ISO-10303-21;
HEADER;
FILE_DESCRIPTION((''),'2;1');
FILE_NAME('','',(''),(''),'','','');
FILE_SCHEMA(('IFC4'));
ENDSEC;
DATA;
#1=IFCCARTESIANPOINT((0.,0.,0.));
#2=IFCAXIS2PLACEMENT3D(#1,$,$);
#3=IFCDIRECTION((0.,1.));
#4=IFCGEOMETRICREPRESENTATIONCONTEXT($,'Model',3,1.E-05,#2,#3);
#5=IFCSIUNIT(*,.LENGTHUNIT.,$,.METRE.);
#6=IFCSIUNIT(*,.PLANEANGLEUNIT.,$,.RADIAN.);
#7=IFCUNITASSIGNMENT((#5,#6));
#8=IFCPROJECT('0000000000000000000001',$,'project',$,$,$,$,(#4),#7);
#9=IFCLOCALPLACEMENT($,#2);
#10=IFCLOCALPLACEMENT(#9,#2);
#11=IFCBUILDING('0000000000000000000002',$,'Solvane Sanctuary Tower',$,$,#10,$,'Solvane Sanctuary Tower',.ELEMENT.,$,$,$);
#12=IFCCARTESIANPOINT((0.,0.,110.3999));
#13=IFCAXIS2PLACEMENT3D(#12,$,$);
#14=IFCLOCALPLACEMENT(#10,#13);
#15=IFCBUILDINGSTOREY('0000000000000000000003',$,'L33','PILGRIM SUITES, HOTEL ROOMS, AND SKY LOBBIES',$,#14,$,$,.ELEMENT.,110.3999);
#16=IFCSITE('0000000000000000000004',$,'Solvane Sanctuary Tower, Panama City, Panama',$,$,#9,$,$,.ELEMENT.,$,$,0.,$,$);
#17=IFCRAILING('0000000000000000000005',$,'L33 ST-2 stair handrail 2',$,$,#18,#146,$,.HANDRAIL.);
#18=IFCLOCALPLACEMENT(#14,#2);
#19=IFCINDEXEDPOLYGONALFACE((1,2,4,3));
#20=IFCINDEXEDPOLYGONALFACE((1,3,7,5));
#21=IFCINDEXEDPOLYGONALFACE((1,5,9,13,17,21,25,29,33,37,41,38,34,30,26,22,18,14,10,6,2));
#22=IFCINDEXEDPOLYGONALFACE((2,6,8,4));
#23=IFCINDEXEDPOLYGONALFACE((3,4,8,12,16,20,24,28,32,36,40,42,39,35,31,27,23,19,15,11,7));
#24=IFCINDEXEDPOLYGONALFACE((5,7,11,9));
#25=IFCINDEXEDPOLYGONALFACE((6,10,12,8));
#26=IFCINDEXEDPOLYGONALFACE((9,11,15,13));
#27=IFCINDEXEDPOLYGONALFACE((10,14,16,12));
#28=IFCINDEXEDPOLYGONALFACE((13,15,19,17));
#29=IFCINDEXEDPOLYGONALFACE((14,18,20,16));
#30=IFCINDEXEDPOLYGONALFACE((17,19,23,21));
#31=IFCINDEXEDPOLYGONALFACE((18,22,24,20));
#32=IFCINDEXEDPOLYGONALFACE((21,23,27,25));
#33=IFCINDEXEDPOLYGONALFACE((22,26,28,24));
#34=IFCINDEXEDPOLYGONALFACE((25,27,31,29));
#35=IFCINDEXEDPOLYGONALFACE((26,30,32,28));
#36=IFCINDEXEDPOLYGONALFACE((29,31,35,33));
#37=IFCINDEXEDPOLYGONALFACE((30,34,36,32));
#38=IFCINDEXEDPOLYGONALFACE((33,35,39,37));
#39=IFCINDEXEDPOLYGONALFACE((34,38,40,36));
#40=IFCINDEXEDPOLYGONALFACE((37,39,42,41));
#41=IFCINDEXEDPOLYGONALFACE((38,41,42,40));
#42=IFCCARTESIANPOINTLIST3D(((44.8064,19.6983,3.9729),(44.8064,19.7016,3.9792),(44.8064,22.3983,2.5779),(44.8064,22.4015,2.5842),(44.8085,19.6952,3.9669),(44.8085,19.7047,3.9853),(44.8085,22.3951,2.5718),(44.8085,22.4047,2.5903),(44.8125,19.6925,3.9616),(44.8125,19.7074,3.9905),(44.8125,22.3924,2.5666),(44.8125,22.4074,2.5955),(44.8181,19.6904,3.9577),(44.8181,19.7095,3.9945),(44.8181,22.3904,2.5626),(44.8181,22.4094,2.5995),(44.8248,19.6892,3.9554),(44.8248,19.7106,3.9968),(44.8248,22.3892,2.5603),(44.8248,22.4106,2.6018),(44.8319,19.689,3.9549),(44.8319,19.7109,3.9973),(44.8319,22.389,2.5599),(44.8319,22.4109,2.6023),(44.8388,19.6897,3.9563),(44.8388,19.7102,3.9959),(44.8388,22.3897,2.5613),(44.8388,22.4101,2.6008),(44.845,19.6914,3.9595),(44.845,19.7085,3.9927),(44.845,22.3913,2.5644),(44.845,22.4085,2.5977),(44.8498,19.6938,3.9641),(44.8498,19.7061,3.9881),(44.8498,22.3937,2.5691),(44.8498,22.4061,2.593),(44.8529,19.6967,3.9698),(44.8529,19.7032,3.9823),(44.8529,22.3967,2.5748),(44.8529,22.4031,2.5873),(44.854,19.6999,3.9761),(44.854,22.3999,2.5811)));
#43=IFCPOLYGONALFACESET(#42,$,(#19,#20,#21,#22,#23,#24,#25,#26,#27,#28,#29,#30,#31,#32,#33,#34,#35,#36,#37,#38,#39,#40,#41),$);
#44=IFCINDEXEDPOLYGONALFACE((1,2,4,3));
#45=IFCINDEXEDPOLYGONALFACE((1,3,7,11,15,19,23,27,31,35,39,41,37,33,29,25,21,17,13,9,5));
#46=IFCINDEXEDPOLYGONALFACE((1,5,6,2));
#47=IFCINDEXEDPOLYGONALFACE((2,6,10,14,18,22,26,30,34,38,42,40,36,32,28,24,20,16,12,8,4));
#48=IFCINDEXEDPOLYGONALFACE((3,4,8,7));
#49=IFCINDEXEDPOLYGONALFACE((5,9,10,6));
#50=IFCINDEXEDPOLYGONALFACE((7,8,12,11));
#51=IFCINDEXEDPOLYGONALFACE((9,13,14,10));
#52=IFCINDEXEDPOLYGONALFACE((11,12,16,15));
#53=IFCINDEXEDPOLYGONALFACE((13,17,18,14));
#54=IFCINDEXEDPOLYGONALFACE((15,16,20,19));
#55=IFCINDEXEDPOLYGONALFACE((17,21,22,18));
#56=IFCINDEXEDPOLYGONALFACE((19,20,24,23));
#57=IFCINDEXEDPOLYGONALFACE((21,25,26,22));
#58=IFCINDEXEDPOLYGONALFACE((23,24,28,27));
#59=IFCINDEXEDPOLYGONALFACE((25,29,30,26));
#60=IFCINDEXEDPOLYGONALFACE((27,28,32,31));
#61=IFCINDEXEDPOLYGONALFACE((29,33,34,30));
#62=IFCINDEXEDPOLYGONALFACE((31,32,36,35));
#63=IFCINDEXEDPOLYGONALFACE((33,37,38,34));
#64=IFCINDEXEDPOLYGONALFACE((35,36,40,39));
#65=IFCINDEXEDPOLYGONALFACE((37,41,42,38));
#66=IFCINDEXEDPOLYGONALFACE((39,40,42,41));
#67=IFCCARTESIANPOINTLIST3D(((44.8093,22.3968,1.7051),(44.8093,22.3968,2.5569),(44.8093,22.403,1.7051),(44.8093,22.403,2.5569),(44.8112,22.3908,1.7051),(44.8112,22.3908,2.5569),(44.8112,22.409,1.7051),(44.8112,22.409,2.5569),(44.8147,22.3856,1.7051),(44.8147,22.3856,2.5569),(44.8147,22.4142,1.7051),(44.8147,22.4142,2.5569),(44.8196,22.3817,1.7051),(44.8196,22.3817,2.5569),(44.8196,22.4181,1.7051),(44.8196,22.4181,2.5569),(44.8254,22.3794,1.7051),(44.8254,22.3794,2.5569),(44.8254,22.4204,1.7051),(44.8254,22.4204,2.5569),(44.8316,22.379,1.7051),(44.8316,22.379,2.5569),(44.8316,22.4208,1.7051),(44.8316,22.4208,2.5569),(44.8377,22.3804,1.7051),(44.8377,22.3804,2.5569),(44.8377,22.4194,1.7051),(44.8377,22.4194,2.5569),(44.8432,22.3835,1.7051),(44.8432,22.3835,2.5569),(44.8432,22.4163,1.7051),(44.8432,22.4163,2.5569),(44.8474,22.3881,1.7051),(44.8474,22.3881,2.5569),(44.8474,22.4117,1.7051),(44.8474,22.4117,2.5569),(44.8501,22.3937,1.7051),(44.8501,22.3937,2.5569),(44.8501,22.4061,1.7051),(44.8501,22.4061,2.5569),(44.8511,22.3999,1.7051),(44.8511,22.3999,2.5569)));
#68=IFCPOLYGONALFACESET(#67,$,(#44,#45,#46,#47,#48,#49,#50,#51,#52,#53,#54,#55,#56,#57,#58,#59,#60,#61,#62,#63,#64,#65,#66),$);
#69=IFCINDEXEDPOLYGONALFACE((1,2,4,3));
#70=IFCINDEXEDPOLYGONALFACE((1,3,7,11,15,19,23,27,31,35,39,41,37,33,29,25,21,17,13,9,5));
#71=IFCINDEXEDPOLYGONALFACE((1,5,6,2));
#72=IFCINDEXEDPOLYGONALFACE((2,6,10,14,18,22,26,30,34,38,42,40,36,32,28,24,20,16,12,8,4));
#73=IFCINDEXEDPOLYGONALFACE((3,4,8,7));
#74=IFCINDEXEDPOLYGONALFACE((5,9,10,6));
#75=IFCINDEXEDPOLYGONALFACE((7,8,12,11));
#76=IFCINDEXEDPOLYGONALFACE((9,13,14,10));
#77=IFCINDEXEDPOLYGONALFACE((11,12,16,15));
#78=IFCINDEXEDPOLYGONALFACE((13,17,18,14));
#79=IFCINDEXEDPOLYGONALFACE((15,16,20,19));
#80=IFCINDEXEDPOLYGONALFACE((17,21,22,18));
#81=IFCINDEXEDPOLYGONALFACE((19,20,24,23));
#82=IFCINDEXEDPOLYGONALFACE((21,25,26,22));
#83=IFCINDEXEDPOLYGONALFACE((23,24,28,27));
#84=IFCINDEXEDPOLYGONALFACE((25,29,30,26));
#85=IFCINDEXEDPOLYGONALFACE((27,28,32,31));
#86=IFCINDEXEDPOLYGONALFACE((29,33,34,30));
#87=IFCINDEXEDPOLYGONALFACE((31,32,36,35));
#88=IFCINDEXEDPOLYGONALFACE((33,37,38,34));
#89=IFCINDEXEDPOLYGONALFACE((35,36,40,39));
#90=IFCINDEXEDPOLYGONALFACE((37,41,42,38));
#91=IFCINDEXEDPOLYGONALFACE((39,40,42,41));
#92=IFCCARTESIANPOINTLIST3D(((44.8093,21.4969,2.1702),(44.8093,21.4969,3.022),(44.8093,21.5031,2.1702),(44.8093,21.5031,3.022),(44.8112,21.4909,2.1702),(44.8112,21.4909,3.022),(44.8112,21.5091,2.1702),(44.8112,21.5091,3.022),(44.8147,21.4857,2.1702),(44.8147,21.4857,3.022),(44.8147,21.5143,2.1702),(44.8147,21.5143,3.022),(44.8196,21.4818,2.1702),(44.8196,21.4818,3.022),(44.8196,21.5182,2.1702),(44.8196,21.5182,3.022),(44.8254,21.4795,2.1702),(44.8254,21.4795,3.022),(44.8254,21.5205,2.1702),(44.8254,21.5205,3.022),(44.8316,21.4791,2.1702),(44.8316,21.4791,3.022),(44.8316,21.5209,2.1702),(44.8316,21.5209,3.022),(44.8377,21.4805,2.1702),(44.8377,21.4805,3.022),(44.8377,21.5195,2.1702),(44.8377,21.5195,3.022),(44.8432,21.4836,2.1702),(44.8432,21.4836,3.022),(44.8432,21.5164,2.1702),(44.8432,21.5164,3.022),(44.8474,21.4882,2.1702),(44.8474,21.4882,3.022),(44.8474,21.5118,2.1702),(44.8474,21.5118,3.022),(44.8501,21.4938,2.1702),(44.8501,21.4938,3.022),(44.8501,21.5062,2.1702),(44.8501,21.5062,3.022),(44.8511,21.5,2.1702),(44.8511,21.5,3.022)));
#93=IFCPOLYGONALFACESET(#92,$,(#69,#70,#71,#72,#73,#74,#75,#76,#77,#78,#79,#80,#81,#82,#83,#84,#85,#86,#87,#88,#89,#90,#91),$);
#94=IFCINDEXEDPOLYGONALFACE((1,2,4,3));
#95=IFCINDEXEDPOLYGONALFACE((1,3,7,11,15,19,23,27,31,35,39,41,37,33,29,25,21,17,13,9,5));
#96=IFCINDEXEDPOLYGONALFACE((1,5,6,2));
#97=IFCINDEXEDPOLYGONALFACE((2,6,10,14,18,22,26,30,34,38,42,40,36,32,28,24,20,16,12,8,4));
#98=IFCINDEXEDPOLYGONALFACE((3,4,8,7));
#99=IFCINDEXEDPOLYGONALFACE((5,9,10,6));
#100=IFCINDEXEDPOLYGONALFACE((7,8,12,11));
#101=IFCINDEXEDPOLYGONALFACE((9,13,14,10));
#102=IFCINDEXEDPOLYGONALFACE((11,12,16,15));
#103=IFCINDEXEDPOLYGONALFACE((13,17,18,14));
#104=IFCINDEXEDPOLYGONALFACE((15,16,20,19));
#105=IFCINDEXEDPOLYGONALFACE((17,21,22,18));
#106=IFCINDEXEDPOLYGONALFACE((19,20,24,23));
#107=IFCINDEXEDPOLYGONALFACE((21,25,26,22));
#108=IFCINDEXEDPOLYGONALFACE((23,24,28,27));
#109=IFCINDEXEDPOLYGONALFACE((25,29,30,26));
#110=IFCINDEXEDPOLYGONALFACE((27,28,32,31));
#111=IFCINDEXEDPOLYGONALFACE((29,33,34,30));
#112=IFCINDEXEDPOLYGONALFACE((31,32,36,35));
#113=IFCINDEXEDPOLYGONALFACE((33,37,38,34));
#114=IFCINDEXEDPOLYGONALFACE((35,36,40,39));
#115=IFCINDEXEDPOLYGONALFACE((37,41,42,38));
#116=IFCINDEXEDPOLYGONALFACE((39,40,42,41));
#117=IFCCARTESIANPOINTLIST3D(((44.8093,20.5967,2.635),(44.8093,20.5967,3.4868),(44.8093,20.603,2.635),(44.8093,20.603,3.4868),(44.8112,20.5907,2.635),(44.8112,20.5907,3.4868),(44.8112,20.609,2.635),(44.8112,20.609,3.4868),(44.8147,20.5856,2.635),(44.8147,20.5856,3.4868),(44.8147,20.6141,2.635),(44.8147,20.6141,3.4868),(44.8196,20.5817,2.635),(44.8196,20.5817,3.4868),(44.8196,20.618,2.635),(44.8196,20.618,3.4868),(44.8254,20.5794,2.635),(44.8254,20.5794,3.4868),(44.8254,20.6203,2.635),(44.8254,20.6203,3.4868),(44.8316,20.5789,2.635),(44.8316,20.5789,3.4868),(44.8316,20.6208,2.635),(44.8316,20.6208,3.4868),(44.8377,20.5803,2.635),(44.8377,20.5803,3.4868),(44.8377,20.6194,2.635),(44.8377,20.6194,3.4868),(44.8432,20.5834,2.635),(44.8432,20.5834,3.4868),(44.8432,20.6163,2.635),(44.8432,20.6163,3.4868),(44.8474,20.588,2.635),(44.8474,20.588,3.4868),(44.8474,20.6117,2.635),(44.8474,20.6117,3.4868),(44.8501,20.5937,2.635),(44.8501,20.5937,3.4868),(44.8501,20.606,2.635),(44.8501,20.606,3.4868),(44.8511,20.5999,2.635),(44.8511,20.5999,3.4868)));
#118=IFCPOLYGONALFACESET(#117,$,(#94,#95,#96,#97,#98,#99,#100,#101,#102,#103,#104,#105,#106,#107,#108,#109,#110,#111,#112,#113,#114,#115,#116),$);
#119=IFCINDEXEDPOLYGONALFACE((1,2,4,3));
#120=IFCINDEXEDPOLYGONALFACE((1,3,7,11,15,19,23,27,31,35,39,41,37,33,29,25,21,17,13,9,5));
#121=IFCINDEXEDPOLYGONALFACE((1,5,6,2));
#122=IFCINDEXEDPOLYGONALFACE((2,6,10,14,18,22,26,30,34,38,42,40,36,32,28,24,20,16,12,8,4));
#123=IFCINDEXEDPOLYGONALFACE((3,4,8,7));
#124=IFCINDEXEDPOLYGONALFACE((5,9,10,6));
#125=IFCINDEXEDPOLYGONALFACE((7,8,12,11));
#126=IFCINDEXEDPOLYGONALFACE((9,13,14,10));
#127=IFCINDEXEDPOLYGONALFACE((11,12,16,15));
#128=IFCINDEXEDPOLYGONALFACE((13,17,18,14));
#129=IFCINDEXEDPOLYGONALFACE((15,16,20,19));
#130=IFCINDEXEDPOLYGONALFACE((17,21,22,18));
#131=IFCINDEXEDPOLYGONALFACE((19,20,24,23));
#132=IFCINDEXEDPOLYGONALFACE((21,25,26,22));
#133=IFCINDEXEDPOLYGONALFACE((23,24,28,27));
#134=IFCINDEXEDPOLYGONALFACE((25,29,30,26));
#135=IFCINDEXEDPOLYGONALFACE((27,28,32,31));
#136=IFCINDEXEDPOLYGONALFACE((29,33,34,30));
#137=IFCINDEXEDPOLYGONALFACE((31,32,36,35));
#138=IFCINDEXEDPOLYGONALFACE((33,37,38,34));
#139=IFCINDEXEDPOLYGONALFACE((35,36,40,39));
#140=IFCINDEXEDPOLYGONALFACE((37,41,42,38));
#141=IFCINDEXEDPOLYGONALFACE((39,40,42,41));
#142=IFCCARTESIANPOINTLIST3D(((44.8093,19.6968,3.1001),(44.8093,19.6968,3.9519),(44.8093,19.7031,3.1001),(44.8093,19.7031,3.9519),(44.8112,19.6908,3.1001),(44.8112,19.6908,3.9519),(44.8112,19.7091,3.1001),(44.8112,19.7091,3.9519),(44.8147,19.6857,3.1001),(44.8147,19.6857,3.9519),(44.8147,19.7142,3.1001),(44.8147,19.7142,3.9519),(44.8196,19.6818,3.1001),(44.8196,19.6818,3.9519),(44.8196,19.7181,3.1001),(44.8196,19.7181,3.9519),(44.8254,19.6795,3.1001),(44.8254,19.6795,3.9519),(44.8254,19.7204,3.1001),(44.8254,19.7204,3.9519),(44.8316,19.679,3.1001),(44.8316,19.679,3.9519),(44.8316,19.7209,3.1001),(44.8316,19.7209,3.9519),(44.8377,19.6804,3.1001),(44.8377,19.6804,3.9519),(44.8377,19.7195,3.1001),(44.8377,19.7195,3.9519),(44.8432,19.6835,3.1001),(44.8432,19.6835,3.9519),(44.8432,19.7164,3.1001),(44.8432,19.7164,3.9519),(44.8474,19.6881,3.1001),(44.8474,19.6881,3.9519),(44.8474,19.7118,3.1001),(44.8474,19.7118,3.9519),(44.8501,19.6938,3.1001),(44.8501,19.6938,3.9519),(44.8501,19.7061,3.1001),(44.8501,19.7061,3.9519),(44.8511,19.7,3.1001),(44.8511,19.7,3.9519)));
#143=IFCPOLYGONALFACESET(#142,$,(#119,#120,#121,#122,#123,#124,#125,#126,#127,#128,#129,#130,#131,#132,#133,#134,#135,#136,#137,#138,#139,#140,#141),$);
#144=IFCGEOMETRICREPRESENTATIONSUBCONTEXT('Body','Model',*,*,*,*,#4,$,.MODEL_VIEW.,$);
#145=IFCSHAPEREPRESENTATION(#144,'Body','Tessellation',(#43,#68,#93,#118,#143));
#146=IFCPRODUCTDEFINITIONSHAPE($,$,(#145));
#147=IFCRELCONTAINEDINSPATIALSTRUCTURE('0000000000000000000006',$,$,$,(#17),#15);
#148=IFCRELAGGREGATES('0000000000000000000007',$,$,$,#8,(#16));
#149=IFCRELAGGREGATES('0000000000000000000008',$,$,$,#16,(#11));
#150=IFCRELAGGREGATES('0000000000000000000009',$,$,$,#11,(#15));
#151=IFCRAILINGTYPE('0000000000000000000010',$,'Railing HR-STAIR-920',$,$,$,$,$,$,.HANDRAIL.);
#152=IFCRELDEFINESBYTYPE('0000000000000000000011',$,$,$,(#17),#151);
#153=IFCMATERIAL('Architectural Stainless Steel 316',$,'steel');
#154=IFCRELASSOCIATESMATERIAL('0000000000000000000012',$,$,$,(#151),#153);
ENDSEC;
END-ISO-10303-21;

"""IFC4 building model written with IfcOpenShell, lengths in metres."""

from ifc_helpers import new_model, si_unit, direction, frame, origin, origin_2d, place, context, subcontext, project, spatial, circle, extrude, material, type_object, element, save


model = new_model("IFC4")

# Units and contexts
model_context = context("Model", 3, precision=1e-05, world=origin(), true_north=direction((0.0, 1.0)))
body_context = subcontext(model_context, "Body", "Model", "MODEL_VIEW")
ifc_project = project(units=[si_unit("LENGTHUNIT", "METRE"), si_unit("PLANEANGLEUNIT", "RADIAN")], contexts=[model_context])

# Site, building, storey
site_placement = place(None, origin())
site = spatial("IfcSite", under=ifc_project, at=site_placement, Name="Solvane Sanctuary Tower, Panama City, Panama", CompositionType="ELEMENT", RefElevation=0.0)
building_placement = place(site_placement, origin())
building = spatial("IfcBuilding", under=site, at=building_placement, Name="Solvane Sanctuary Tower", LongName="Solvane Sanctuary Tower", CompositionType="ELEMENT")
storey_placement = place(building_placement, frame((0.0, 0.0, 110.3999)))
storey = spatial("IfcBuildingStorey", under=building, at=storey_placement, Name="L33", Description="PILGRIM SUITES, HOTEL ROOMS, AND SKY LOBBIES", CompositionType="ELEMENT", Elevation=110.3999)

# Shared definitions
ifc_material_1 = material(Name="Architectural Stainless Steel 316", Category="steel")

# Railing
railing_type_1 = type_object("IfcRailingType", Name="Railing HR-STAIR-920", PredefinedType="HANDRAIL", material=ifc_material_1)
railing_1_placement = place(storey_placement, frame((44.8301, 22.3999, 1.7051)))
element("IfcRailing", 1, at=railing_1_placement, inside=storey, type_object=railing_type_1, Name="L33 ST-2 stair handrail 2", PredefinedType="HANDRAIL", context=body_context, shape_type="SweptSolid", body=[
    extrude(circle(Radius=0.0239, at=origin_2d()), frame((0.0, 0.0, 0.876), z_axis=(0.0, -0.88842, 0.459032), x_axis=(1.0, 0.0, 0.0)), (0.0, 0.0, 1.0), 3.0391),
    extrude(circle(Radius=0.021, at=origin_2d()), origin(), (0.0, 0.0, 1.0), 0.8518),
    extrude(circle(Radius=0.021, at=origin_2d()), frame((0.0, -0.8999, 0.4651)), (0.0, 0.0, 1.0), 0.8518),
    extrude(circle(Radius=0.021, at=origin_2d()), frame((0.0, -1.8, 0.9299)), (0.0, 0.0, 1.0), 0.8518),
    extrude(circle(Radius=0.021, at=origin_2d()), frame((0.0, -2.7, 1.395)), (0.0, 0.0, 1.0), 0.8518),
])

save(model, "model.ifc")
